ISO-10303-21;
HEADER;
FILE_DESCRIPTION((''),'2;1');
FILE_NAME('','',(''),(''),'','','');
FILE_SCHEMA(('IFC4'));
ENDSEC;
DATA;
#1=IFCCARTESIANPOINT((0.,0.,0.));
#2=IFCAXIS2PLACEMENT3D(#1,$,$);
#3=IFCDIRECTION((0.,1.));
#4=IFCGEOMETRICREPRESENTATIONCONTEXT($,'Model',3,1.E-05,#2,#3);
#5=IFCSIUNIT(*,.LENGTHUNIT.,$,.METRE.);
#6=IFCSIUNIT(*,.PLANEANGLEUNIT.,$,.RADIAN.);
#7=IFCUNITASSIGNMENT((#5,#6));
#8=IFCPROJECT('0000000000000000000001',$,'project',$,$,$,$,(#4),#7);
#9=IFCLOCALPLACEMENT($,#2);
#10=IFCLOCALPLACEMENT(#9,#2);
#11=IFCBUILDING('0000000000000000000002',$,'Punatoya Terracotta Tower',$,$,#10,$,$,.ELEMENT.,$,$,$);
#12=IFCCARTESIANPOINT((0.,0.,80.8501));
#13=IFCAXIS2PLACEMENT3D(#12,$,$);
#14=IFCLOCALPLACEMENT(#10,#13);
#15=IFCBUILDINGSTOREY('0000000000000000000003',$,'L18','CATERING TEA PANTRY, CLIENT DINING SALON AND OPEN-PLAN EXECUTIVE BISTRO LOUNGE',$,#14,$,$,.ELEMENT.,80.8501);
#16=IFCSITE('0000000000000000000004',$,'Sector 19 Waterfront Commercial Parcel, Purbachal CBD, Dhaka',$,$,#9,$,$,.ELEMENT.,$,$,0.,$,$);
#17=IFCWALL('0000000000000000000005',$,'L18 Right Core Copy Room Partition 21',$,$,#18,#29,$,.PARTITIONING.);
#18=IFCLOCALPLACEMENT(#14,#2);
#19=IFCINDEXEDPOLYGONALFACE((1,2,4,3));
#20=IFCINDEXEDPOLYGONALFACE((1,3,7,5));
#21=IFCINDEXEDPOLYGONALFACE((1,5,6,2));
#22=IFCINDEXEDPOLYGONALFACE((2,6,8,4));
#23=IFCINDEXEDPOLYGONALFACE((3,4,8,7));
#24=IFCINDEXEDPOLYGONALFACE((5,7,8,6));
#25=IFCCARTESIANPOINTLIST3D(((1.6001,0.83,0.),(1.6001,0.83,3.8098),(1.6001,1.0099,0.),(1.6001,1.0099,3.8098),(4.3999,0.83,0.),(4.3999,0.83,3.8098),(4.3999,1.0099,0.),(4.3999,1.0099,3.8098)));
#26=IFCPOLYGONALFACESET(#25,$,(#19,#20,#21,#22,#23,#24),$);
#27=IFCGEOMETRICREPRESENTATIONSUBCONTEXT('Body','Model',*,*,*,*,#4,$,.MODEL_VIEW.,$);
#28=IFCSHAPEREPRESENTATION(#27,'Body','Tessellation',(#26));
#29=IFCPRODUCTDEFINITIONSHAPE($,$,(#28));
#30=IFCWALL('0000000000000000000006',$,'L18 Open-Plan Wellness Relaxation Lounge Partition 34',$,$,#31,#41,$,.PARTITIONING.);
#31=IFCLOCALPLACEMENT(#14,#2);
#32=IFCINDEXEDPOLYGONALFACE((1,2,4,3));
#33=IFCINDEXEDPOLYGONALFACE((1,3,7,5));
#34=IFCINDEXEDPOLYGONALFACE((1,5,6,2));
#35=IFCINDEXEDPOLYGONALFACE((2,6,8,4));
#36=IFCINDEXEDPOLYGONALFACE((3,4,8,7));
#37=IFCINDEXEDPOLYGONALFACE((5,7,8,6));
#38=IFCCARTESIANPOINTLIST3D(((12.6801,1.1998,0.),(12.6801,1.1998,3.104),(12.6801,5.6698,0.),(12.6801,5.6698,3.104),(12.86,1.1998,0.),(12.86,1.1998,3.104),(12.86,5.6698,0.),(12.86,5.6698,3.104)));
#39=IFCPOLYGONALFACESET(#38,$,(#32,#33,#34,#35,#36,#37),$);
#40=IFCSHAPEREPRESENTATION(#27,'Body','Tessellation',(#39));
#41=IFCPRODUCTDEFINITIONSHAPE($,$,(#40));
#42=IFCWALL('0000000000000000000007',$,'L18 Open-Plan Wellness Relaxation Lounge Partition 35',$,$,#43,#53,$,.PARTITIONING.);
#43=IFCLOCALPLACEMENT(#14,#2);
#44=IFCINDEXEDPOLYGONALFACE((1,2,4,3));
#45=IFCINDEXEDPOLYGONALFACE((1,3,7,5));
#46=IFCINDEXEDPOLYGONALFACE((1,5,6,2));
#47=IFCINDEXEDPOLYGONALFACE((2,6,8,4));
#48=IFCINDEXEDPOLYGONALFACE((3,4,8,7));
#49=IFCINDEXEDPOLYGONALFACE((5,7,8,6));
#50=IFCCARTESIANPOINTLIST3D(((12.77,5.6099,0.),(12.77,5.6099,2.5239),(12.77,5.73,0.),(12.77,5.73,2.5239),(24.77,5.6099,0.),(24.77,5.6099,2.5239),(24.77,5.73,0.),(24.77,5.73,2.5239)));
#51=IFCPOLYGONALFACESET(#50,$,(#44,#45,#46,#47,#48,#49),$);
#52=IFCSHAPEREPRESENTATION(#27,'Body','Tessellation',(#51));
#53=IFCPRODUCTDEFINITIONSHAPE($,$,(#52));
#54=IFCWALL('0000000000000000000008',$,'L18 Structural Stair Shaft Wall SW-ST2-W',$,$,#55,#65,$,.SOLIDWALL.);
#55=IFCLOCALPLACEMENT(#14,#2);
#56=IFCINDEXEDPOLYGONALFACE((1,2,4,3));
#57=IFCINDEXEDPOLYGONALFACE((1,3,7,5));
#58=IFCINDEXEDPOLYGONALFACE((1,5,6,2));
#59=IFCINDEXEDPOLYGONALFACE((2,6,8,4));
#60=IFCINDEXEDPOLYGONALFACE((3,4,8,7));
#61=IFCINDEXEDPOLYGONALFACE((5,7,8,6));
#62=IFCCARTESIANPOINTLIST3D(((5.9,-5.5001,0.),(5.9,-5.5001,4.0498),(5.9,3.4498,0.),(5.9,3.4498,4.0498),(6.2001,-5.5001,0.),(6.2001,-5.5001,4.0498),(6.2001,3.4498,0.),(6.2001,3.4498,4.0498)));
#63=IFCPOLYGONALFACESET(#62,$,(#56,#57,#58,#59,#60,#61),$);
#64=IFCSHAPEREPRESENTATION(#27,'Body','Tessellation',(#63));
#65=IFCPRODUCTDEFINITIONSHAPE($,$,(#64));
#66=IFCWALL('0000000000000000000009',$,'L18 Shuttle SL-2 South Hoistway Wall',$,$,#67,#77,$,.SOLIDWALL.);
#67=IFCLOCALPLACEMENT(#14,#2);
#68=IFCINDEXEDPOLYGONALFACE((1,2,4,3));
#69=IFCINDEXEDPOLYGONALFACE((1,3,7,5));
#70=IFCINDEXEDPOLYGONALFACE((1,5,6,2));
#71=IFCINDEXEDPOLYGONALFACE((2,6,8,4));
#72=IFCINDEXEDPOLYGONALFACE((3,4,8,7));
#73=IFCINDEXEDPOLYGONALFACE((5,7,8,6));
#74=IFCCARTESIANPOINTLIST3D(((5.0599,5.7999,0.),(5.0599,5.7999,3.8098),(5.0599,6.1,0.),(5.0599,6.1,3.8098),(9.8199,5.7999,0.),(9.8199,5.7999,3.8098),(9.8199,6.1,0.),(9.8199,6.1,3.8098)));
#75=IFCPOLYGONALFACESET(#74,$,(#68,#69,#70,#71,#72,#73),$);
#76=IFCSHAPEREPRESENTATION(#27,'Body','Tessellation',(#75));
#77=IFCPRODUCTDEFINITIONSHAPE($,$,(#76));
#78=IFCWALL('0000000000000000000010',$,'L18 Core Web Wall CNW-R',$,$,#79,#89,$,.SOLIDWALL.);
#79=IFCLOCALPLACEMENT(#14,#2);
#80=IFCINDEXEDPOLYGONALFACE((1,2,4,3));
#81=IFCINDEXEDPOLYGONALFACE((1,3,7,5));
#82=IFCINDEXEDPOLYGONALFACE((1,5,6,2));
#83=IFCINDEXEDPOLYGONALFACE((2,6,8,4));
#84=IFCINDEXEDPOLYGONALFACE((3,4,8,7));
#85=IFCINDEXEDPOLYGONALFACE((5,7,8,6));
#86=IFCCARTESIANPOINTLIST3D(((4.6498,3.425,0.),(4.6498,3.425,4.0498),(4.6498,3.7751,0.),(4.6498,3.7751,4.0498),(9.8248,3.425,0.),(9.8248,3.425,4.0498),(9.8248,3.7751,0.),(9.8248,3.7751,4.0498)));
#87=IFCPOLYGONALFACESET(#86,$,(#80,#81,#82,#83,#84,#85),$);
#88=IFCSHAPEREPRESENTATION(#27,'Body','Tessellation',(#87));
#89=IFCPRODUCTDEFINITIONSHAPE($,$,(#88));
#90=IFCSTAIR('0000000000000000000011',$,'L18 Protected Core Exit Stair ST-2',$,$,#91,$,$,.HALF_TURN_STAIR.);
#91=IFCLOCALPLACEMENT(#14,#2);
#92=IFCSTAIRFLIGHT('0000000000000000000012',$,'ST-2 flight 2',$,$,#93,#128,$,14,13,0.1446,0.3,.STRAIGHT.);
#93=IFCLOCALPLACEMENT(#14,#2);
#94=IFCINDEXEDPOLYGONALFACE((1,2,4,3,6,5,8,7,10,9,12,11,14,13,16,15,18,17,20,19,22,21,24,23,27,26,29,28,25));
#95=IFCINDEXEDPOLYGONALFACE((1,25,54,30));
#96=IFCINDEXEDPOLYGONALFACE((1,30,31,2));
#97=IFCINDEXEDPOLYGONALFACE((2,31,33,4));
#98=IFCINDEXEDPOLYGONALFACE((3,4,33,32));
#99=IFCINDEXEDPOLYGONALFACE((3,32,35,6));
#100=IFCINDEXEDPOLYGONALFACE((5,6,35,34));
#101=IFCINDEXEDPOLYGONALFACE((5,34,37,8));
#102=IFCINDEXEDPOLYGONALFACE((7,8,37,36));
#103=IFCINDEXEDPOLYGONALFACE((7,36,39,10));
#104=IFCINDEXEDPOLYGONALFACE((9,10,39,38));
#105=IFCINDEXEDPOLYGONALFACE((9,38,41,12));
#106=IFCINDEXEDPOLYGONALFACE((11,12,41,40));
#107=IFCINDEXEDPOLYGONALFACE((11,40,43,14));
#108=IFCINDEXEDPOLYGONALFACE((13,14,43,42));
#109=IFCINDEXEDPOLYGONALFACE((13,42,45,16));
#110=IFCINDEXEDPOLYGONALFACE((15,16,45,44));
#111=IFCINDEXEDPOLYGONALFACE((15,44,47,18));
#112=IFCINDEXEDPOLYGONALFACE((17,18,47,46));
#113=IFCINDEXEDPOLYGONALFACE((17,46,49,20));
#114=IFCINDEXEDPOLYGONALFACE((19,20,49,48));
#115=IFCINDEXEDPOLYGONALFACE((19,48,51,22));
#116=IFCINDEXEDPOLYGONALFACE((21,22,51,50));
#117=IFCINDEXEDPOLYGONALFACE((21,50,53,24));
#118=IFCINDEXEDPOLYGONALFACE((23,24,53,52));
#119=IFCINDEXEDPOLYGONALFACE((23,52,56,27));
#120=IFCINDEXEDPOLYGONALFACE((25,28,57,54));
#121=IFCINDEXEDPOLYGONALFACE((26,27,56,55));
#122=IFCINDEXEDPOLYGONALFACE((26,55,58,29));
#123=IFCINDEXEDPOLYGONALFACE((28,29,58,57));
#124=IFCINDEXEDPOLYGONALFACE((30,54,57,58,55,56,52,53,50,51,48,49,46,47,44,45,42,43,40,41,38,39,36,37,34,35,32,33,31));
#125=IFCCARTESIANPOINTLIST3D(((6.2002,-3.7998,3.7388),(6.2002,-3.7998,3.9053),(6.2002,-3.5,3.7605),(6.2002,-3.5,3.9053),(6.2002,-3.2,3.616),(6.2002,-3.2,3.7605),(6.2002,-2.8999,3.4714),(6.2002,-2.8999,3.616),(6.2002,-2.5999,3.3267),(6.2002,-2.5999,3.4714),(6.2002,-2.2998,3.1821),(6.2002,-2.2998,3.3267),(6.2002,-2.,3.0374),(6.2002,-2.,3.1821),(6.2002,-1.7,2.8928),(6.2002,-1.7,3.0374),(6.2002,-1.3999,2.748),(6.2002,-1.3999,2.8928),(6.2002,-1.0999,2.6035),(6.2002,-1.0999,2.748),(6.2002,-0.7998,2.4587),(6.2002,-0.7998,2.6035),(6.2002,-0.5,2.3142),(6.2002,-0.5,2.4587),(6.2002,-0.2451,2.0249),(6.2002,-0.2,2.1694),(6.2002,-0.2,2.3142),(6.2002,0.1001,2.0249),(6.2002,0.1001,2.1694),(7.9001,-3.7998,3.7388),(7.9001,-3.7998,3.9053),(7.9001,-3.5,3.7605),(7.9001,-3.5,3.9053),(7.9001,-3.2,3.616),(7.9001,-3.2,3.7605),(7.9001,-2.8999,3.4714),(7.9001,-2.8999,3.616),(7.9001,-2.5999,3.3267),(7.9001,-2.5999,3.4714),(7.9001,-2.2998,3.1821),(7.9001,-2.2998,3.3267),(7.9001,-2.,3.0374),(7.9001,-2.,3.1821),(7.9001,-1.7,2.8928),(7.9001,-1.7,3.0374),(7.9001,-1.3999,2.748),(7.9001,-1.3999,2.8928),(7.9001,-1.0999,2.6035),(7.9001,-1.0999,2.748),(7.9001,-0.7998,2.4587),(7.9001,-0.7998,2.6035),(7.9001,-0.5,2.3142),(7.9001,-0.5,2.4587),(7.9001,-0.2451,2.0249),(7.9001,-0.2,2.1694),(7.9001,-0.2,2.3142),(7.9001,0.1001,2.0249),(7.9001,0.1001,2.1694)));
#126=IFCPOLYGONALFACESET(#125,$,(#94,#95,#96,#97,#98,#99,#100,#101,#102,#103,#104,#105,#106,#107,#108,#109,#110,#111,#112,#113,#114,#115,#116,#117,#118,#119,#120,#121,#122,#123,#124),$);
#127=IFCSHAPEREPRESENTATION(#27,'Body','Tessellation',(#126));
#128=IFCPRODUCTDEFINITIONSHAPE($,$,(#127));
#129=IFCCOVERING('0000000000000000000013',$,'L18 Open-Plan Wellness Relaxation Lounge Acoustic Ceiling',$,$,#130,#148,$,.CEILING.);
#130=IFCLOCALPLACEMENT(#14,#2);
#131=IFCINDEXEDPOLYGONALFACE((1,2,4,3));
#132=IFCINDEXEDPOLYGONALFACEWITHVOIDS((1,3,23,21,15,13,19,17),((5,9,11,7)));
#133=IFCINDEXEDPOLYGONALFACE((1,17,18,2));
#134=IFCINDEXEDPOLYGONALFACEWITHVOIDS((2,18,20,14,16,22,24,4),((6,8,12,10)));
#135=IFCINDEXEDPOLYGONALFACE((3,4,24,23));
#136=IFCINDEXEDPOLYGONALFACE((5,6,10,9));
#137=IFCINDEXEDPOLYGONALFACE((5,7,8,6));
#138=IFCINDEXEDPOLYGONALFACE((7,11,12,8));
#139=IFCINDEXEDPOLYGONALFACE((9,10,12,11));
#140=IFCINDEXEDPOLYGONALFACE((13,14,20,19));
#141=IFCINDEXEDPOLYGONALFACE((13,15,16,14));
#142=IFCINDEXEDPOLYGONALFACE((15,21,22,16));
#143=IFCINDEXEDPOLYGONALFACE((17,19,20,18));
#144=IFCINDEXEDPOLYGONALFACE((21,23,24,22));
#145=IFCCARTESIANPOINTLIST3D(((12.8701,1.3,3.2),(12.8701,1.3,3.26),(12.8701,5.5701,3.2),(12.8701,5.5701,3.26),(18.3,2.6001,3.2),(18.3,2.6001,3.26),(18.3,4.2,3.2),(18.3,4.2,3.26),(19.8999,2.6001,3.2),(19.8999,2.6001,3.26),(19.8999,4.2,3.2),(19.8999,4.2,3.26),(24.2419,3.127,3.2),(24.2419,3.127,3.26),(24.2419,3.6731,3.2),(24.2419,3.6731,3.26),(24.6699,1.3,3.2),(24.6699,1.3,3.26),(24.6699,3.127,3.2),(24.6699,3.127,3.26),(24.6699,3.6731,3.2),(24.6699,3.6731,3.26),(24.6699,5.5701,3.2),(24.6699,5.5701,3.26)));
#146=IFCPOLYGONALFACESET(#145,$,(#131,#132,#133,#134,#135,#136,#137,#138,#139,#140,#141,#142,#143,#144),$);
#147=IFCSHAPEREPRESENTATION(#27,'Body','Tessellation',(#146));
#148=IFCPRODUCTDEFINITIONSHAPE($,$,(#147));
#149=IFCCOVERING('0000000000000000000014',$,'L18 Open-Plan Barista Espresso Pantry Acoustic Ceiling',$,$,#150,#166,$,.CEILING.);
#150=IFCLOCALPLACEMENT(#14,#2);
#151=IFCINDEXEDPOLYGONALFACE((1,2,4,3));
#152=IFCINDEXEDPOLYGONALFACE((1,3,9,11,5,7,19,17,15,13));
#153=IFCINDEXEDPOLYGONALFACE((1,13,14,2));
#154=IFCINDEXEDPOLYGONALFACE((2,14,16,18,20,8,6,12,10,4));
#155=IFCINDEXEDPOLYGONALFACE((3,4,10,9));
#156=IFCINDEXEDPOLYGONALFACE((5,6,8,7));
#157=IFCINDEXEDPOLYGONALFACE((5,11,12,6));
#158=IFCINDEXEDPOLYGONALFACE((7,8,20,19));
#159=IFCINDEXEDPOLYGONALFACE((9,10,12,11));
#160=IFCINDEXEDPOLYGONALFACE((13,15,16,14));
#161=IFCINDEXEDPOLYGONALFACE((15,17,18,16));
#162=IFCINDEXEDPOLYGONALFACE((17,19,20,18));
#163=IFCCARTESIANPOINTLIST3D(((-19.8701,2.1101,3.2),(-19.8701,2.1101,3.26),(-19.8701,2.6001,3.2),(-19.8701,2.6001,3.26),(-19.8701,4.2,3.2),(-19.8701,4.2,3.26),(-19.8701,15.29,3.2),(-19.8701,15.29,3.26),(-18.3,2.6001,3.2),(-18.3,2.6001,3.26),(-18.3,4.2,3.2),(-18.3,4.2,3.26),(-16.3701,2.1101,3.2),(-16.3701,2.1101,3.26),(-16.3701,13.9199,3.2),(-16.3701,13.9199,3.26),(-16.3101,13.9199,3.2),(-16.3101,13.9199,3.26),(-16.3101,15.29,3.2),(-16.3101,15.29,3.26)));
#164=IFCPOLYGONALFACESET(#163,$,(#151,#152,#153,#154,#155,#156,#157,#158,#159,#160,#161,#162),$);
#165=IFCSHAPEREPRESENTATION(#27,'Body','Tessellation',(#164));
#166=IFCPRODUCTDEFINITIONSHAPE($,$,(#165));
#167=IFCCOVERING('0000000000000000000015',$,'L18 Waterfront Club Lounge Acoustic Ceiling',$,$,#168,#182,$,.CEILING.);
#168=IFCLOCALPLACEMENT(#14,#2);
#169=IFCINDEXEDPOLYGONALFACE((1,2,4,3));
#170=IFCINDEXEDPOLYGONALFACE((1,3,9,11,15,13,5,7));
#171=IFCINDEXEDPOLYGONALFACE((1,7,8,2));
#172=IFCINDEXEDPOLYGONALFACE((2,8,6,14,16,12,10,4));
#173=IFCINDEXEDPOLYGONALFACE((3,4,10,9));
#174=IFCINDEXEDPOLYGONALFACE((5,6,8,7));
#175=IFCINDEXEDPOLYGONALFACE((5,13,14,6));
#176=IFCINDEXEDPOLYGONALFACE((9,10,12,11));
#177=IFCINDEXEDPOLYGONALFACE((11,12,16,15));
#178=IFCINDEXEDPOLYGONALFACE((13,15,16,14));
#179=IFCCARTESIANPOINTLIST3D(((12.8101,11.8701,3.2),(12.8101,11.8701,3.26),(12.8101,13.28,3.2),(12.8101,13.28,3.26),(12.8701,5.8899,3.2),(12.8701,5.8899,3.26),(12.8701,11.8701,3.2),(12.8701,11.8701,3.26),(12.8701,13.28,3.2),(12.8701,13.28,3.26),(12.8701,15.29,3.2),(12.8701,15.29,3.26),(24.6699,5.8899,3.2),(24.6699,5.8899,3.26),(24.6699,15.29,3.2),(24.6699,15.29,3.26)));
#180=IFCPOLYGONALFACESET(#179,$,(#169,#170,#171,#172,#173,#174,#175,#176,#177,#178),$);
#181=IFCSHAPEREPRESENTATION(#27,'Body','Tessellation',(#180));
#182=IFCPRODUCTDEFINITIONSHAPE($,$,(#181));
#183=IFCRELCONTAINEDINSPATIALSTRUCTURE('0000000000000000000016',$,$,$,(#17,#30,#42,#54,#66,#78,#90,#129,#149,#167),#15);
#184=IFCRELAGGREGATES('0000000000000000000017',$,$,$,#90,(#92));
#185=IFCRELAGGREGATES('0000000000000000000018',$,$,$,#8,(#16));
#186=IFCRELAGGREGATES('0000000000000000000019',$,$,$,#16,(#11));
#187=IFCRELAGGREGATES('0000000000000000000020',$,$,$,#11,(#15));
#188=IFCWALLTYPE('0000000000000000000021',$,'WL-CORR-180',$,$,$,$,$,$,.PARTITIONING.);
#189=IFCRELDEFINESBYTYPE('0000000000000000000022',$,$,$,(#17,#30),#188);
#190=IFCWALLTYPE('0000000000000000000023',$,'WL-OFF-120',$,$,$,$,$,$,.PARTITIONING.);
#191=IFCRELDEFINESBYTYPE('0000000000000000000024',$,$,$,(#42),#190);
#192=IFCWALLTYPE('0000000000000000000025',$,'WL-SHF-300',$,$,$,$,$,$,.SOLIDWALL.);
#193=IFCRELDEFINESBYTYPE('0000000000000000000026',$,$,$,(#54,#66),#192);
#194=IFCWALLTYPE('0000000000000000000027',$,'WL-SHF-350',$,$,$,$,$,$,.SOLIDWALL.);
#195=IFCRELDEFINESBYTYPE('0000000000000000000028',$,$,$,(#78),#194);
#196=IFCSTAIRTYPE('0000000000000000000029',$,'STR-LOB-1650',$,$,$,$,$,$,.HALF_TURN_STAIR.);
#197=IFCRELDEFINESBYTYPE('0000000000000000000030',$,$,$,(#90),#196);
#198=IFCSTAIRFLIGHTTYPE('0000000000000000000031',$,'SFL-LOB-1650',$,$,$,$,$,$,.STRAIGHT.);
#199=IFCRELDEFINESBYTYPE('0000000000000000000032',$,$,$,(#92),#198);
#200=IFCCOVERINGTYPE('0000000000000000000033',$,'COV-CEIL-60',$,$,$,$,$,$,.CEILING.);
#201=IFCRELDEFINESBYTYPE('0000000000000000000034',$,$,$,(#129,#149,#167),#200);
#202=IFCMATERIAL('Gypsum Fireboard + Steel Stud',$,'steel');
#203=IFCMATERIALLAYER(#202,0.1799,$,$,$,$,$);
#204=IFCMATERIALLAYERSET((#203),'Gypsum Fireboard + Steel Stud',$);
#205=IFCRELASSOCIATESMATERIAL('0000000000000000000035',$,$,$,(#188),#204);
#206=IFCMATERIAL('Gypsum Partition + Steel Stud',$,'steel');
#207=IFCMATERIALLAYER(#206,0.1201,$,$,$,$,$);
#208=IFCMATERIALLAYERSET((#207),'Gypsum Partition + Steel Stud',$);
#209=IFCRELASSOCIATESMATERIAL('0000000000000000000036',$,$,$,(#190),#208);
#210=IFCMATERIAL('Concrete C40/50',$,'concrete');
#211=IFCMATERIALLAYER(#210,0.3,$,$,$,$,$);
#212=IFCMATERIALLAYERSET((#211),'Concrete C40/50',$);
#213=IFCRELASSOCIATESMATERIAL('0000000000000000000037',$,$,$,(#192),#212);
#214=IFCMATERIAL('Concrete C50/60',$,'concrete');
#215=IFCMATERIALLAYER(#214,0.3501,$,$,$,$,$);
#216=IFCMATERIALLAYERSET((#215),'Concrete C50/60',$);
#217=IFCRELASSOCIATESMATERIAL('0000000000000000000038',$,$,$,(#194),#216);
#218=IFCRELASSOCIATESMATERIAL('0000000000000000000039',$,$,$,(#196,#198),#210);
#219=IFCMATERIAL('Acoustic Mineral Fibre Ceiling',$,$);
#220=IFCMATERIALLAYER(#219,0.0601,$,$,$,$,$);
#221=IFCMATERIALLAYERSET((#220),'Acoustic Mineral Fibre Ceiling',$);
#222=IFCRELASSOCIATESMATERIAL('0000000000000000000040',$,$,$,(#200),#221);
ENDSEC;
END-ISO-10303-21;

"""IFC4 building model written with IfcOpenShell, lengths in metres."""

from ifc_helpers import new_model, si_unit, direction, frame, frame_2d, origin, place, context, subcontext, project, spatial, polyline, rectangle, outline, extrude, material, layer, layer_set, type_object, element, aggregate, save


model = new_model("IFC4")

# Units and contexts
model_context = context("Model", 3, precision=1e-05, world=origin(), true_north=direction((0.0, 1.0)))
body_context = subcontext(model_context, "Body", "Model", "MODEL_VIEW")
ifc_project = project(units=[si_unit("LENGTHUNIT", "METRE"), si_unit("PLANEANGLEUNIT", "RADIAN")], contexts=[model_context])

# Site, building, storey
site_placement = place(None, origin())
site = spatial("IfcSite", under=ifc_project, at=site_placement, Name="Sector 19 Waterfront Commercial Parcel, Purbachal CBD, Dhaka", CompositionType="ELEMENT", RefElevation=0.0)
building_placement = place(site_placement, origin())
building = spatial("IfcBuilding", under=site, at=building_placement, Name="Punatoya Terracotta Tower", CompositionType="ELEMENT")
storey_placement = place(building_placement, frame((0.0, 0.0, 80.8501)))
storey = spatial("IfcBuildingStorey", under=building, at=storey_placement, Name="L18", Description="CATERING TEA PANTRY, CLIENT DINING SALON AND OPEN-PLAN EXECUTIVE BISTRO LOUNGE", CompositionType="ELEMENT", Elevation=80.8501)

# Shared definitions
ifc_material_1 = material(Name="Concrete C40/50", Category="concrete")

# Shared definitions
ifc_material_2 = material(Name="Gypsum Fireboard + Steel Stud", Category="steel")
ifc_layer_1 = layer(ifc_material_2, 0.1799)
ifc_layer_set_1 = layer_set([ifc_layer_1], Name="Gypsum Fireboard + Steel Stud")
wall_type_1 = type_object("IfcWallType", Name="WL-CORR-180", PredefinedType="PARTITIONING", material=ifc_layer_set_1)

# Walls
for number, where, z_axis, x_axis, name in (
    (1, (1.6001, 0.9199, 0.0), (0.0, 0.0, 1.0), (1.0, 0.0, 0.0), "L18 Right Core Copy Room Partition 21"),
):
    element("IfcWall", number, at=place(storey_placement, frame(where, z_axis=z_axis, x_axis=x_axis)), inside=storey, type_object=wall_type_1, Name=name, PredefinedType="PARTITIONING", context=body_context, shape_type="SweptSolid", body=[
        extrude(rectangle(XDim=2.7998, YDim=0.1799, at=frame_2d((1.3999, 0.0))), origin(), (0.0, 0.0, 1.0), 3.8098),
    ])
wall_1_placement = place(storey_placement, frame((12.77, 1.2, 0.0), z_axis=(0.0, 0.0, 1.0), x_axis=(0.0, 1.0, 0.0)))
element("IfcWall", 2, at=wall_1_placement, inside=storey, type_object=wall_type_1, Name="L18 Open-Plan Wellness Relaxation Lounge Partition 34", PredefinedType="PARTITIONING", context=body_context, shape_type="SweptSolid", body=[
    extrude(rectangle(XDim=4.47, YDim=0.1799, at=frame_2d((2.2349, 0.0))), origin(), (0.0, 0.0, 1.0), 3.104),
])
ifc_material_3 = material(Name="Gypsum Partition + Steel Stud", Category="steel")
ifc_layer_2 = layer(ifc_material_3, 0.1201)
ifc_layer_set_2 = layer_set([ifc_layer_2], Name="Gypsum Partition + Steel Stud")
wall_type_2 = type_object("IfcWallType", Name="WL-OFF-120", PredefinedType="PARTITIONING", material=ifc_layer_set_2)
wall_2_placement = place(storey_placement, frame((12.77, 5.6699, 0.0), z_axis=(0.0, 0.0, 1.0), x_axis=(1.0, 0.0, 0.0)))
element("IfcWall", 3, at=wall_2_placement, inside=storey, type_object=wall_type_2, Name="L18 Open-Plan Wellness Relaxation Lounge Partition 35", PredefinedType="PARTITIONING", context=body_context, shape_type="SweptSolid", body=[
    extrude(rectangle(XDim=12.0, YDim=0.1201, at=frame_2d((6.0, 0.0))), origin(), (0.0, 0.0, 1.0), 2.5239),
])
ifc_layer_3 = layer(ifc_material_1, 0.3)
ifc_layer_set_3 = layer_set([ifc_layer_3], Name="Concrete C40/50")
wall_type_3 = type_object("IfcWallType", Name="WL-SHF-300", PredefinedType="SOLIDWALL", material=ifc_layer_set_3)
wall_3_placement = place(storey_placement, frame((6.05, 3.45, 0.0), z_axis=(0.0, 0.0, 1.0), x_axis=(0.0, -1.0, 0.0)))
element("IfcWall", 4, at=wall_3_placement, inside=storey, type_object=wall_type_3, Name="L18 Structural Stair Shaft Wall SW-ST2-W", PredefinedType="SOLIDWALL", context=body_context, shape_type="SweptSolid", body=[
    extrude(rectangle(XDim=8.95, YDim=0.3, at=frame_2d((4.4751, 0.0))), origin(), (0.0, 0.0, 1.0), 4.0498),
])
wall_4_placement = place(storey_placement, frame((5.0601, 5.95, 0.0), z_axis=(0.0, 0.0, 1.0), x_axis=(1.0, 0.0, 0.0)))
element("IfcWall", 5, at=wall_4_placement, inside=storey, type_object=wall_type_3, Name="L18 Shuttle SL-2 South Hoistway Wall", PredefinedType="SOLIDWALL", context=body_context, shape_type="SweptSolid", body=[
    extrude(rectangle(XDim=4.76, YDim=0.3, at=frame_2d((2.3799, 0.0))), origin(), (0.0, 0.0, 1.0), 3.8098),
])
ifc_material_4 = material(Name="Concrete C50/60", Category="concrete")
ifc_layer_4 = layer(ifc_material_4, 0.3501)
ifc_layer_set_4 = layer_set([ifc_layer_4], Name="Concrete C50/60")
wall_type_4 = type_object("IfcWallType", Name="WL-SHF-350", PredefinedType="SOLIDWALL", material=ifc_layer_set_4)
wall_5_placement = place(storey_placement, frame((4.6499, 3.6001, 0.0), z_axis=(0.0, 0.0, 1.0), x_axis=(1.0, 0.0, 0.0)))
element("IfcWall", 6, at=wall_5_placement, inside=storey, type_object=wall_type_4, Name="L18 Core Web Wall CNW-R", PredefinedType="SOLIDWALL", context=body_context, shape_type="SweptSolid", body=[
    extrude(rectangle(XDim=5.175, YDim=0.3501, at=frame_2d((2.5874, 0.0))), origin(), (0.0, 0.0, 1.0), 4.0498),
])

# Stair, stair flight
stair_type = type_object("IfcStairType", Name="STR-LOB-1650", PredefinedType="HALF_TURN_STAIR", material=ifc_material_1)
stair_placement = place(storey_placement, origin())
stair = element("IfcStair", 7, at=stair_placement, inside=storey, type_object=stair_type, Name="L18 Protected Core Exit Stair ST-2", PredefinedType="HALF_TURN_STAIR")
stair_flight_type = type_object("IfcStairFlightType", Name="SFL-LOB-1650", PredefinedType="STRAIGHT", material=ifc_material_1)
stair_flight_placement = place(storey_placement, frame((7.05, 0.1001, 2.0249), z_axis=(0.0, 0.0, 1.0), x_axis=(0.0, -1.0, 0.0)))
stair_flight = element("IfcStairFlight", 8, at=stair_flight_placement, type_object=stair_flight_type, Name="ST-2 flight 2", NumberOfRisers=14, NumberOfTreads=13, PredefinedType="STRAIGHT", RiserHeight=0.1446, TreadLength=0.3, context=body_context, shape_type="SweptSolid", body=[
    extrude(outline(polyline([(0.0, 0.0), (0.0, 0.1445), (0.3, 0.1445), (0.3, 0.2893), (0.6001, 0.2893), (0.6001, 0.4338), (0.8999, 0.4338), (0.8999, 0.5786), (1.2, 0.5786), (1.2, 0.7231), (1.5, 0.7231), (1.5, 0.8679), (1.8, 0.8679), (1.8, 1.0125), (2.1001, 1.0125), (2.1001, 1.1572), (2.3999, 1.1572), (2.3999, 1.3018), (2.7, 1.3018), (2.7, 1.4465), (3.0, 1.4465), (3.0, 1.5911), (3.3, 1.5911), (3.3, 1.7356), (3.6001, 1.7356), (3.6001, 1.8804), (3.8999, 1.8804), (3.8999, 2.0249), (3.8999, 1.7139), (0.3452, 0.0), (0.0, 0.0)])), frame((0.0, 0.8501, 0.0), z_axis=(0.0, -1.0, 0.0), x_axis=(1.0, 0.0, 0.0)), (0.0, 0.0, 1.0), 1.7),
])
aggregate(stair, [stair_flight])

# Coverings
ifc_material_5 = material(Name="Acoustic Mineral Fibre Ceiling")
ifc_layer_5 = layer(ifc_material_5, 0.0601)
ifc_layer_set_5 = layer_set([ifc_layer_5], Name="Acoustic Mineral Fibre Ceiling")
covering_type = type_object("IfcCoveringType", Name="COV-CEIL-60", PredefinedType="CEILING", material=ifc_layer_set_5)
covering_1_placement = place(storey_placement, frame((0.0, 0.0, 3.2)))
element("IfcCovering", 9, at=covering_1_placement, inside=storey, type_object=covering_type, Name="L18 Open-Plan Wellness Relaxation Lounge Acoustic Ceiling", PredefinedType="CEILING", context=body_context, shape_type="SweptSolid", body=[
    extrude(outline(polyline([(24.6699, 3.6731), (24.6699, 5.5701), (12.8701, 5.5701), (12.8701, 1.3), (24.6699, 1.3), (24.6699, 3.127), (24.2419, 3.127), (24.2419, 3.6731), (24.6699, 3.6731)]), holes=[polyline([(18.3, 4.2), (19.8999, 4.2), (19.8999, 2.6001), (18.3, 2.6001), (18.3, 4.2)])]), origin(), (0.0, 0.0, 1.0), 0.0601),
])
covering_2_placement = place(storey_placement, frame((0.0, 0.0, 3.2)))
element("IfcCovering", 10, at=covering_2_placement, inside=storey, type_object=covering_type, Name="L18 Open-Plan Barista Espresso Pantry Acoustic Ceiling", PredefinedType="CEILING", context=body_context, shape_type="SweptSolid", body=[
    extrude(outline(polyline([(-16.3701, 2.1101), (-16.3701, 13.9199), (-16.3101, 13.9199), (-16.3101, 15.29), (-19.8701, 15.29), (-19.8701, 4.2), (-18.3, 4.2), (-18.3, 2.6001), (-19.8701, 2.6001), (-19.8701, 2.1101), (-16.3701, 2.1101)])), origin(), (0.0, 0.0, 1.0), 0.0601),
])
covering_3_placement = place(storey_placement, frame((0.0, 0.0, 3.2)))
element("IfcCovering", 11, at=covering_3_placement, inside=storey, type_object=covering_type, Name="L18 Waterfront Club Lounge Acoustic Ceiling", PredefinedType="CEILING", context=body_context, shape_type="SweptSolid", body=[
    extrude(outline(polyline([(12.8101, 11.8701), (12.8701, 11.8701), (12.8701, 5.8899), (24.6699, 5.8899), (24.6699, 15.29), (12.8701, 15.29), (12.8701, 13.28), (12.8101, 13.28), (12.8101, 11.8701)])), origin(), (0.0, 0.0, 1.0), 0.0601),
])

save(model, "model.ifc")
